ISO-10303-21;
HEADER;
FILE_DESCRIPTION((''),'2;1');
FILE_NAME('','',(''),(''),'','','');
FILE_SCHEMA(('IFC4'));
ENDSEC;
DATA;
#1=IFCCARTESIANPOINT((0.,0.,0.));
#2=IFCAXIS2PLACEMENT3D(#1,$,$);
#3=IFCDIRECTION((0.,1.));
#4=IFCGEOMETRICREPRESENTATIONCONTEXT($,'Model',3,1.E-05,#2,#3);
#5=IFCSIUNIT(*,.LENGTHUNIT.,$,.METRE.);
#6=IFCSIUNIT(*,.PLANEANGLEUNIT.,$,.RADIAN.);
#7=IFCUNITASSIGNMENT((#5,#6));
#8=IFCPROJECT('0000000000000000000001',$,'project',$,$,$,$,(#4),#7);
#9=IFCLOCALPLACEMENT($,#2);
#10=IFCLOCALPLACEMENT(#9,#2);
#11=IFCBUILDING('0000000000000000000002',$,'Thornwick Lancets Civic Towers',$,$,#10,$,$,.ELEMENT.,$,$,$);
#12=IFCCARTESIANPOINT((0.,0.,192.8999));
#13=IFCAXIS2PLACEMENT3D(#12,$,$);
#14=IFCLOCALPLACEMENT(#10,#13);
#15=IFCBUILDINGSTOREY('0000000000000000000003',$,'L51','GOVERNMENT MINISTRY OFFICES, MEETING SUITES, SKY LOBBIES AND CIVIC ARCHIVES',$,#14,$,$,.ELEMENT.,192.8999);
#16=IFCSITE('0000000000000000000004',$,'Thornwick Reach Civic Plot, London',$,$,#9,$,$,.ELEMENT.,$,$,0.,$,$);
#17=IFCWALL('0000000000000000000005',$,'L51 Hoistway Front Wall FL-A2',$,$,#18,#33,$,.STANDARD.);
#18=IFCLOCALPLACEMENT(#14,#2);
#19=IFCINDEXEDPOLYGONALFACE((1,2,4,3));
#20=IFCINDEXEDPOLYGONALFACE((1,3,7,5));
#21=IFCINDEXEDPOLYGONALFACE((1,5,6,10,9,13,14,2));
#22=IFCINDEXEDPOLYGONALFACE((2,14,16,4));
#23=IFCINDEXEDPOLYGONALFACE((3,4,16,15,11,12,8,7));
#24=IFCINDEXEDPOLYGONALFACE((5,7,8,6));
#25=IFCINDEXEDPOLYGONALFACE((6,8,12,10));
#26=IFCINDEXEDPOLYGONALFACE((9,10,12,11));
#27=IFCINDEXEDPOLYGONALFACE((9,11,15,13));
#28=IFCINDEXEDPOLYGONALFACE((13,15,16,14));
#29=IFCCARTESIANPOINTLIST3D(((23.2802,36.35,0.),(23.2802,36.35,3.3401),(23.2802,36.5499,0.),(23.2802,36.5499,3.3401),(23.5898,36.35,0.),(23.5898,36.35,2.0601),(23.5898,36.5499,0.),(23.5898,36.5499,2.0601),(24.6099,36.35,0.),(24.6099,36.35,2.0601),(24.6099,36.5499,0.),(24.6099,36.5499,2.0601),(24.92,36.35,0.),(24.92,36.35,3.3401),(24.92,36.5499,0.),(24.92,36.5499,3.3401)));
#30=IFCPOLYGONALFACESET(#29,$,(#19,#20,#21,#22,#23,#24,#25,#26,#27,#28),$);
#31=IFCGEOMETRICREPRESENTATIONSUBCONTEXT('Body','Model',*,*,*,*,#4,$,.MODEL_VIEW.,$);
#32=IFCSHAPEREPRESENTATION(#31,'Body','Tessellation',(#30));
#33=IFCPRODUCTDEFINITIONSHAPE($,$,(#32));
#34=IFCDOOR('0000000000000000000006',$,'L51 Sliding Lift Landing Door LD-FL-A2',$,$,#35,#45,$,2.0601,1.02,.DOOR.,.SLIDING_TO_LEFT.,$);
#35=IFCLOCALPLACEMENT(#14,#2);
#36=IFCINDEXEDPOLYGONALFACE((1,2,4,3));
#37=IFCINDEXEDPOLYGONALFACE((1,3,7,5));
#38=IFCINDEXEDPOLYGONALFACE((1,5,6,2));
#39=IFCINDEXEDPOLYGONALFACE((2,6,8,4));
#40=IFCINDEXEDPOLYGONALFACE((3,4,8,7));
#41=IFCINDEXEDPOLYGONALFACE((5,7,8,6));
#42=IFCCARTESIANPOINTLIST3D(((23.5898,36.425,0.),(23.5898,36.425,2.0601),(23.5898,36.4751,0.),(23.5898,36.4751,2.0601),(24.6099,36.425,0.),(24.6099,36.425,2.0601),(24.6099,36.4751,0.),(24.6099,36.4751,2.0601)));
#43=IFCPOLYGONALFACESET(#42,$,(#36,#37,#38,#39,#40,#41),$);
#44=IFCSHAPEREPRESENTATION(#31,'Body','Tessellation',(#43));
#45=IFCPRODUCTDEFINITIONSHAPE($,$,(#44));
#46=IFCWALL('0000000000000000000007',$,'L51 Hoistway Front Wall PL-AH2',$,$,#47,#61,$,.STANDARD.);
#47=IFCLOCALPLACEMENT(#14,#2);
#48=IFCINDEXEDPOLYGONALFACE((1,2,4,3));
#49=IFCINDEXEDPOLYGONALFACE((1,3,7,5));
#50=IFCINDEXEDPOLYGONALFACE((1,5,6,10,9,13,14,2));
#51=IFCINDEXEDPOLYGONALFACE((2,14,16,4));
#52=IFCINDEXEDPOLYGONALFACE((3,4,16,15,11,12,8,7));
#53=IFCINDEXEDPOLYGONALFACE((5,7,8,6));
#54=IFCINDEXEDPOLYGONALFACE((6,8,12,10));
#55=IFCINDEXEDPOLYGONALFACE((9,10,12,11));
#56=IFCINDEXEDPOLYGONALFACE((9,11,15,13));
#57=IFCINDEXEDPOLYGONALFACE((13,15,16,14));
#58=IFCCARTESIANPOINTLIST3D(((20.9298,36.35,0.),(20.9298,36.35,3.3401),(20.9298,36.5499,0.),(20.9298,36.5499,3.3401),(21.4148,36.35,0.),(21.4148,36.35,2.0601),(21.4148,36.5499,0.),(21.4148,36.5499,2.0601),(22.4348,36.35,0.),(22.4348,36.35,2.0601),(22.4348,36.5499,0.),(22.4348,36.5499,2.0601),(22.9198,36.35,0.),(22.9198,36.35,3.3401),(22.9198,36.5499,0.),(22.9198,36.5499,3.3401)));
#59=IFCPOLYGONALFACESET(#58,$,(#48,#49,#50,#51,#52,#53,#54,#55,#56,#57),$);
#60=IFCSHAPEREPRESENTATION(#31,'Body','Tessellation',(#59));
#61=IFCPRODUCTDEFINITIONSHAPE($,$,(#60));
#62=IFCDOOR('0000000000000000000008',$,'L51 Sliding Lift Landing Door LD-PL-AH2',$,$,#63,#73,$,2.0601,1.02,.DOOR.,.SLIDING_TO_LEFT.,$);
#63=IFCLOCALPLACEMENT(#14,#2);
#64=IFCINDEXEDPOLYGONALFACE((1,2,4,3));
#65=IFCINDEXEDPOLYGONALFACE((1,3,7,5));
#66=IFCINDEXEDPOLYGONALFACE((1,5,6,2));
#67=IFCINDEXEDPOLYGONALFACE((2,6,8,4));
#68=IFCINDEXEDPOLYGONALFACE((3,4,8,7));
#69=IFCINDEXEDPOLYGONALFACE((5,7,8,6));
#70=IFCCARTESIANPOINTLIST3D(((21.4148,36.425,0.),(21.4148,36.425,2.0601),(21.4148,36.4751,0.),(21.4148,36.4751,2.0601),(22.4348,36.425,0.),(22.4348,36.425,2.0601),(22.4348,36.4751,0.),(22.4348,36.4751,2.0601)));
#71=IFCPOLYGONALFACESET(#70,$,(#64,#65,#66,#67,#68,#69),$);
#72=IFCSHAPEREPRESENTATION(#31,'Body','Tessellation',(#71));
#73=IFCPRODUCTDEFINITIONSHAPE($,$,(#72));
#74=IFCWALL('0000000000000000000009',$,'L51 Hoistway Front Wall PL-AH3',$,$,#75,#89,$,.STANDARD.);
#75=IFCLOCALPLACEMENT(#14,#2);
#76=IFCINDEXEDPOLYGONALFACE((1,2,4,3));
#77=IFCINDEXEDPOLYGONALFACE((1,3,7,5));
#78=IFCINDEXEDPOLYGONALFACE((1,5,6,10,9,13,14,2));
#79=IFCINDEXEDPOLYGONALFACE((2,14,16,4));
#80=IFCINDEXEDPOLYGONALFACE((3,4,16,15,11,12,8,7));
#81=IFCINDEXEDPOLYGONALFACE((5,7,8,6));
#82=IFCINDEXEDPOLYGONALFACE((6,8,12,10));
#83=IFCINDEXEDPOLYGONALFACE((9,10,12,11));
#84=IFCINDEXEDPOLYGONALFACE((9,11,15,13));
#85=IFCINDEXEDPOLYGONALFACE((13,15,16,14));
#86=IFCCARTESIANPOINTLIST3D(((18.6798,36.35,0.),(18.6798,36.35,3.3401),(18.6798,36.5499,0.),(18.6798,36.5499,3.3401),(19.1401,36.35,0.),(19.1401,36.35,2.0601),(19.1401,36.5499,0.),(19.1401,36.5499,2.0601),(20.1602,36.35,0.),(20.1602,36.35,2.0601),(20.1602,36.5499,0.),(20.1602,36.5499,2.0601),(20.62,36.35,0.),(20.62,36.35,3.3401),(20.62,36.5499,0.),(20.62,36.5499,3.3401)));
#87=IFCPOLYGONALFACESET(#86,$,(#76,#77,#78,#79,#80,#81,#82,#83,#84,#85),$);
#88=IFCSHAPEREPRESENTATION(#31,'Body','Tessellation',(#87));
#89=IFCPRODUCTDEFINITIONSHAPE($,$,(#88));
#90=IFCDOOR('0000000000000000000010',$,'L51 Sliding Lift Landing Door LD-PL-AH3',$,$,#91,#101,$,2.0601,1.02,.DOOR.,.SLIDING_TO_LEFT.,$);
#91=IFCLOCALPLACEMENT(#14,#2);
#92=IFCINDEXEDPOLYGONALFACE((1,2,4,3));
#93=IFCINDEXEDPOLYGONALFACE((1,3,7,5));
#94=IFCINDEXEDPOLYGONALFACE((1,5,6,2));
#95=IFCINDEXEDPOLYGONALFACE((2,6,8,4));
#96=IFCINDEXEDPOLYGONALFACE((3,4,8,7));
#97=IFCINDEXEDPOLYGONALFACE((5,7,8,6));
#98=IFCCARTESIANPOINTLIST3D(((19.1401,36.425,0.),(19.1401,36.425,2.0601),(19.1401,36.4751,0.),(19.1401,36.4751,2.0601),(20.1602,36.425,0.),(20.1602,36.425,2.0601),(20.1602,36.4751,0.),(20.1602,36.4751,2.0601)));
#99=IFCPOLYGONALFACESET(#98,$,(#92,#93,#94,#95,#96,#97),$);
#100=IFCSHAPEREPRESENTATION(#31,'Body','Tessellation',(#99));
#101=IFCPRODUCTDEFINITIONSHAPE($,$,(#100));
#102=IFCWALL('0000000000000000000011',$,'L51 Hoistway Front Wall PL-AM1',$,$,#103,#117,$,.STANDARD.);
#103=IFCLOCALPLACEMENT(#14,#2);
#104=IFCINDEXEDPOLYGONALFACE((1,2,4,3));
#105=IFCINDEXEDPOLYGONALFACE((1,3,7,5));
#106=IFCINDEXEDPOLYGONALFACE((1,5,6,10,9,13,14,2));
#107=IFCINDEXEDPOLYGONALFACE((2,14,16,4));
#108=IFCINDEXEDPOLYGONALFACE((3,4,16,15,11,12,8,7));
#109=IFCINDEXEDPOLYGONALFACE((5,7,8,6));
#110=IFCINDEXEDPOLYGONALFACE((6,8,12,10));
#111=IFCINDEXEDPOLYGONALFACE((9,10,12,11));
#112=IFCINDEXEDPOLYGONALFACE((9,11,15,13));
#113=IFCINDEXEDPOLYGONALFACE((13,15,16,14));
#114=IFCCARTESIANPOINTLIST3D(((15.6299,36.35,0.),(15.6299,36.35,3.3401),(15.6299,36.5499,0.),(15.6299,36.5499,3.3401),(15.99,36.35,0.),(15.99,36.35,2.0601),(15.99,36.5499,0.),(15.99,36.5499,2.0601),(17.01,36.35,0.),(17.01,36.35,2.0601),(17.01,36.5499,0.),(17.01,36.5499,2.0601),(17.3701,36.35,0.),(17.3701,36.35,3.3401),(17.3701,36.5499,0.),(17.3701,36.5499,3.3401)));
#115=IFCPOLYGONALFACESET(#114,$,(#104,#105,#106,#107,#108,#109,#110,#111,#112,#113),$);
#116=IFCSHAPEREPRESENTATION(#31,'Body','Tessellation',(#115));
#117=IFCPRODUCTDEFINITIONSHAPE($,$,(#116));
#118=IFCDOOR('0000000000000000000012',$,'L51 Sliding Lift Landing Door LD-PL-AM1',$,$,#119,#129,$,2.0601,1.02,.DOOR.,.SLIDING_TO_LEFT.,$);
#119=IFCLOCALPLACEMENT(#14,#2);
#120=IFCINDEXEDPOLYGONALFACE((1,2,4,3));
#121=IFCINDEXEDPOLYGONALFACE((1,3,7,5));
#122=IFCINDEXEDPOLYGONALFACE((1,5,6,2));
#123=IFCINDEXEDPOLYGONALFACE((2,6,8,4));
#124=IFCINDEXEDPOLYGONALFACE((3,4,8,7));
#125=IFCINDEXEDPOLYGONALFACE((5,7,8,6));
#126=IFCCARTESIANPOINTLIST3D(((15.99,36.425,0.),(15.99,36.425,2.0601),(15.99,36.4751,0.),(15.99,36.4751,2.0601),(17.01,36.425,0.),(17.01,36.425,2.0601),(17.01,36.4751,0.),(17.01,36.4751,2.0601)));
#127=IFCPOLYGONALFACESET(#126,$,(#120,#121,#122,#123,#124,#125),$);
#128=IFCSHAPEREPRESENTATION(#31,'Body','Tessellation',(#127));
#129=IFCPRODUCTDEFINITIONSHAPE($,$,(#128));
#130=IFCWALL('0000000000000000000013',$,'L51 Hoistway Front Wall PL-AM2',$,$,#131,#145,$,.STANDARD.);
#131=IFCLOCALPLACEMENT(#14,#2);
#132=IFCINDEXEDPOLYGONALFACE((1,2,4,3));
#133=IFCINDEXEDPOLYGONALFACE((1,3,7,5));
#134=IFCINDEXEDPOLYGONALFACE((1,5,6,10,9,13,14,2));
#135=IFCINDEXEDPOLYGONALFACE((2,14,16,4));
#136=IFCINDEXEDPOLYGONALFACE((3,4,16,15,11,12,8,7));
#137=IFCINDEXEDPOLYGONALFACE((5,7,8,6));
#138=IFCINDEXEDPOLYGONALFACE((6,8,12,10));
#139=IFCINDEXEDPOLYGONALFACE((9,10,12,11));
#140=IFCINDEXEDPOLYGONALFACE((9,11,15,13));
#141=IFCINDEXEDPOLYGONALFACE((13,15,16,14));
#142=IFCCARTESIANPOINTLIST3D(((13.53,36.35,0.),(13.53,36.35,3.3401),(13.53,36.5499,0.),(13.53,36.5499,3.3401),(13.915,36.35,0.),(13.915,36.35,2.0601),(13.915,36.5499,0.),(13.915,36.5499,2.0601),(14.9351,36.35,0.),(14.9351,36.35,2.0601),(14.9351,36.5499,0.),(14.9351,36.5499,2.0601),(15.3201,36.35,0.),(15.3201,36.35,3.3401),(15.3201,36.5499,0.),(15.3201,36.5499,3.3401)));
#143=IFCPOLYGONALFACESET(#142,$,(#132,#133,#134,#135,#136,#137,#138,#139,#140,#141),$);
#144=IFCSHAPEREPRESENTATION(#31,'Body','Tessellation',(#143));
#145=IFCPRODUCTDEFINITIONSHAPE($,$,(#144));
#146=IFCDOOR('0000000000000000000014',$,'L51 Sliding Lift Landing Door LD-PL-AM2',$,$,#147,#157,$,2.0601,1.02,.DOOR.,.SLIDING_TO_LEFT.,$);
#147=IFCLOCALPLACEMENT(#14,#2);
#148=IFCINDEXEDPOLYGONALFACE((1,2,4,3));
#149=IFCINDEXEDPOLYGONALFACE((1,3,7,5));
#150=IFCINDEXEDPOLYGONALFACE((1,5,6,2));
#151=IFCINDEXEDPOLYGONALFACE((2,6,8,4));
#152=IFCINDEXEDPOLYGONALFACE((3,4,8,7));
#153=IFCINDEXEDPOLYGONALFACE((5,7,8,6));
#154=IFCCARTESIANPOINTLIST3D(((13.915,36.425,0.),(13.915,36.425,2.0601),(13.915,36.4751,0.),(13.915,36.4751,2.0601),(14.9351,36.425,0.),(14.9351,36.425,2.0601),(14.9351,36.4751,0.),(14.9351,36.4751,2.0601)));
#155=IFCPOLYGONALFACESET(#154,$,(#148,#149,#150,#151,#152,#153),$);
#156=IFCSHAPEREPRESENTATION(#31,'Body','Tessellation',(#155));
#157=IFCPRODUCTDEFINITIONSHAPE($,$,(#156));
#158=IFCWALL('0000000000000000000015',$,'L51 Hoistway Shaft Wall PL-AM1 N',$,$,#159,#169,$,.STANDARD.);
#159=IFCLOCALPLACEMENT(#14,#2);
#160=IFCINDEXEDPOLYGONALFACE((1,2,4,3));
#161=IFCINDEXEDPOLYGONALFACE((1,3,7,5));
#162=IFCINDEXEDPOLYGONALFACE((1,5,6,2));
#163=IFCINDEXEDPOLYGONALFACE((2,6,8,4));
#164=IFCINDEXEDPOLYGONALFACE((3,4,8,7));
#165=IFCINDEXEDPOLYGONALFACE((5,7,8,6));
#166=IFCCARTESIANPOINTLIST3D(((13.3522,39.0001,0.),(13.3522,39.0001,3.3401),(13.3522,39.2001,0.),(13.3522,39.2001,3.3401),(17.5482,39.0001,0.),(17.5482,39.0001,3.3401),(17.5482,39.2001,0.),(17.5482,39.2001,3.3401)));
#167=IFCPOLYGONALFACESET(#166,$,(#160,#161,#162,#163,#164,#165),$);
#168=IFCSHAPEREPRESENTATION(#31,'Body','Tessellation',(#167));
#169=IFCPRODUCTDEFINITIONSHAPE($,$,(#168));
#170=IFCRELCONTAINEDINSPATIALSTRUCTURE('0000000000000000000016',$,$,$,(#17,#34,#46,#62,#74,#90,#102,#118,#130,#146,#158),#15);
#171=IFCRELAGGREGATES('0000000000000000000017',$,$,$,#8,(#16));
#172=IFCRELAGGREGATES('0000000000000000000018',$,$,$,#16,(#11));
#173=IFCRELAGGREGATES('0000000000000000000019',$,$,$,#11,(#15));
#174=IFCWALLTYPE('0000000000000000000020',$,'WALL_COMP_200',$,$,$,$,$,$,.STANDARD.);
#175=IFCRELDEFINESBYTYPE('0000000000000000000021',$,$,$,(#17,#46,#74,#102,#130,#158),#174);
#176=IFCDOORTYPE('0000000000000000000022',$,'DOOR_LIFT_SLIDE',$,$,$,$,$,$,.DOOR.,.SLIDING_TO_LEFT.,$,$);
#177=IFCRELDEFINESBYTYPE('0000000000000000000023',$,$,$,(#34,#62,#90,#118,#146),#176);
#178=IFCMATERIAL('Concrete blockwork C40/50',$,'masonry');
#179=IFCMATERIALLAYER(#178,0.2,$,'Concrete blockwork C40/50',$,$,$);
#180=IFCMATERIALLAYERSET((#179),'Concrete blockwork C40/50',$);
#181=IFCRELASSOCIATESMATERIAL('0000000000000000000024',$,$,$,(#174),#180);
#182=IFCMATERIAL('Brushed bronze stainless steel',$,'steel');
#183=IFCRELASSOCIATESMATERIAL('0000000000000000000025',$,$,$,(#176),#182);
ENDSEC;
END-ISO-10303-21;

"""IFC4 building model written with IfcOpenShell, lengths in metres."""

from ifc_helpers import new_model, si_unit, direction, frame, frame_2d, origin, place, context, subcontext, project, spatial, rectangle, extrude, material, layer, layer_set, type_object, element, fill, save


model = new_model("IFC4")

# Units and contexts
model_context = context("Model", 3, precision=1e-05, world=origin(), true_north=direction((0.0, 1.0)))
body_context = subcontext(model_context, "Body", "Model", "MODEL_VIEW")
ifc_project = project(units=[si_unit("LENGTHUNIT", "METRE"), si_unit("PLANEANGLEUNIT", "RADIAN")], contexts=[model_context])

# Site, building, storey
site_placement = place(None, origin())
site = spatial("IfcSite", under=ifc_project, at=site_placement, Name="Thornwick Reach Civic Plot, London", CompositionType="ELEMENT", RefElevation=0.0)
building_placement = place(site_placement, origin())
building = spatial("IfcBuilding", under=site, at=building_placement, Name="Thornwick Lancets Civic Towers", CompositionType="ELEMENT")
storey_placement = place(building_placement, frame((0.0, 0.0, 192.8999)))
storey = spatial("IfcBuildingStorey", under=building, at=storey_placement, Name="L51", Description="GOVERNMENT MINISTRY OFFICES, MEETING SUITES, SKY LOBBIES AND CIVIC ARCHIVES", CompositionType="ELEMENT", Elevation=192.8999)

# Walls, openings, doors
ifc_material_1 = material(Name="Concrete blockwork C40/50", Category="masonry")
ifc_layer_1 = layer(ifc_material_1, 0.2, Name="Concrete blockwork C40/50")
ifc_layer_set_1 = layer_set([ifc_layer_1], Name="Concrete blockwork C40/50")
wall_type_1 = type_object("IfcWallType", Name="WALL_COMP_200", PredefinedType="STANDARD", material=ifc_layer_set_1)
wall_1_placement = place(storey_placement, frame((24.9199, 36.45, 0.0), z_axis=(0.0, 0.0, 1.0), x_axis=(-1.0, 0.0, 0.0)))
wall_1 = element("IfcWall", 1, at=wall_1_placement, inside=storey, type_object=wall_type_1, Name="L51 Hoistway Front Wall FL-A2", PredefinedType="STANDARD", context=body_context, shape_type="SweptSolid", body=[
    extrude(rectangle(XDim=1.6399, YDim=0.2, at=frame_2d((0.8198, 0.0))), origin(), (0.0, 0.0, 1.0), 3.3401),
])
opening_1_placement = place(wall_1_placement, frame((0.3101, 0.0, 0.0)))
opening_1 = element("IfcOpeningElement", 2, at=opening_1_placement, cuts=wall_1, PredefinedType="OPENING", context=body_context, shape_type="SweptSolid", body=[
    extrude(rectangle(XDim=1.02, YDim=2.0601, at=frame_2d((0.51, 1.03))), frame((0.0, 0.1099, 0.0), z_axis=(0.0, -1.0, 0.0), x_axis=(1.0, 0.0, 0.0)), (0.0, 0.0, 1.0), 0.22),
])
ifc_material_2 = material(Name="Brushed bronze stainless steel", Category="steel")
door_type = type_object("IfcDoorType", Name="DOOR_LIFT_SLIDE", OperationType="SLIDING_TO_LEFT", PredefinedType="DOOR", material=ifc_material_2)
door_1_placement = place(opening_1_placement, origin())
door_1 = element("IfcDoor", 3, at=door_1_placement, inside=storey, type_object=door_type, Name="L51 Sliding Lift Landing Door LD-FL-A2", OperationType="SLIDING_TO_LEFT", OverallHeight=2.0601, OverallWidth=1.02, PredefinedType="DOOR", context=body_context, shape_type="SweptSolid", body=[
    extrude(rectangle(XDim=1.02, YDim=2.0601, at=frame_2d((0.51, 1.03))), frame((0.0, 0.0249, 0.0), z_axis=(0.0, -1.0, 0.0), x_axis=(1.0, 0.0, 0.0)), (0.0, 0.0, 1.0), 0.05),
])
fill(opening_1, door_1)
wall_2_placement = place(storey_placement, frame((22.9199, 36.45, 0.0), z_axis=(0.0, 0.0, 1.0), x_axis=(-1.0, 0.0, 0.0)))
wall_2 = element("IfcWall", 4, at=wall_2_placement, inside=storey, type_object=wall_type_1, Name="L51 Hoistway Front Wall PL-AH2", PredefinedType="STANDARD", context=body_context, shape_type="SweptSolid", body=[
    extrude(rectangle(XDim=1.99, YDim=0.2, at=frame_2d((0.9951, 0.0))), origin(), (0.0, 0.0, 1.0), 3.3401),
])
opening_2_placement = place(wall_2_placement, frame((0.4851, 0.0, 0.0)))
opening_2 = element("IfcOpeningElement", 5, at=opening_2_placement, cuts=wall_2, PredefinedType="OPENING", context=body_context, shape_type="SweptSolid", body=[
    extrude(rectangle(XDim=1.02, YDim=2.0601, at=frame_2d((0.51, 1.03))), frame((0.0, 0.1099, 0.0), z_axis=(0.0, -1.0, 0.0), x_axis=(1.0, 0.0, 0.0)), (0.0, 0.0, 1.0), 0.22),
])
door_2_placement = place(opening_2_placement, origin())
door_2 = element("IfcDoor", 6, at=door_2_placement, inside=storey, type_object=door_type, Name="L51 Sliding Lift Landing Door LD-PL-AH2", OperationType="SLIDING_TO_LEFT", OverallHeight=2.0601, OverallWidth=1.02, PredefinedType="DOOR", context=body_context, shape_type="SweptSolid", body=[
    extrude(rectangle(XDim=1.02, YDim=2.0601, at=frame_2d((0.51, 1.03))), frame((0.0, 0.0249, 0.0), z_axis=(0.0, -1.0, 0.0), x_axis=(1.0, 0.0, 0.0)), (0.0, 0.0, 1.0), 0.05),
])
fill(opening_2, door_2)
wall_3_placement = place(storey_placement, frame((20.6201, 36.45, 0.0), z_axis=(0.0, 0.0, 1.0), x_axis=(-1.0, 0.0, 0.0)))
wall_3 = element("IfcWall", 7, at=wall_3_placement, inside=storey, type_object=wall_type_1, Name="L51 Hoistway Front Wall PL-AH3", PredefinedType="STANDARD", context=body_context, shape_type="SweptSolid", body=[
    extrude(rectangle(XDim=1.9402, YDim=0.2, at=frame_2d((0.9702, 0.0))), origin(), (0.0, 0.0, 1.0), 3.3401),
])
opening_3_placement = place(wall_3_placement, frame((0.46, 0.0, 0.0)))
opening_3 = element("IfcOpeningElement", 8, at=opening_3_placement, cuts=wall_3, PredefinedType="OPENING", context=body_context, shape_type="SweptSolid", body=[
    extrude(rectangle(XDim=1.02, YDim=2.0601, at=frame_2d((0.51, 1.03))), frame((0.0, 0.1099, 0.0), z_axis=(0.0, -1.0, 0.0), x_axis=(1.0, 0.0, 0.0)), (0.0, 0.0, 1.0), 0.22),
])
door_3_placement = place(opening_3_placement, origin())
door_3 = element("IfcDoor", 9, at=door_3_placement, inside=storey, type_object=door_type, Name="L51 Sliding Lift Landing Door LD-PL-AH3", OperationType="SLIDING_TO_LEFT", OverallHeight=2.0601, OverallWidth=1.02, PredefinedType="DOOR", context=body_context, shape_type="SweptSolid", body=[
    extrude(rectangle(XDim=1.02, YDim=2.0601, at=frame_2d((0.51, 1.03))), frame((0.0, 0.0249, 0.0), z_axis=(0.0, -1.0, 0.0), x_axis=(1.0, 0.0, 0.0)), (0.0, 0.0, 1.0), 0.05),
])
fill(opening_3, door_3)
wall_4_placement = place(storey_placement, frame((17.3701, 36.45, 0.0), z_axis=(0.0, 0.0, 1.0), x_axis=(-1.0, 0.0, 0.0)))
wall_4 = element("IfcWall", 10, at=wall_4_placement, inside=storey, type_object=wall_type_1, Name="L51 Hoistway Front Wall PL-AM1", PredefinedType="STANDARD", context=body_context, shape_type="SweptSolid", body=[
    extrude(rectangle(XDim=1.7402, YDim=0.2, at=frame_2d((0.8701, 0.0))), origin(), (0.0, 0.0, 1.0), 3.3401),
])
opening_4_placement = place(wall_4_placement, frame((0.3601, 0.0, 0.0)))
opening_4 = element("IfcOpeningElement", 11, at=opening_4_placement, cuts=wall_4, PredefinedType="OPENING", context=body_context, shape_type="SweptSolid", body=[
    extrude(rectangle(XDim=1.02, YDim=2.0601, at=frame_2d((0.51, 1.03))), frame((0.0, 0.1099, 0.0), z_axis=(0.0, -1.0, 0.0), x_axis=(1.0, 0.0, 0.0)), (0.0, 0.0, 1.0), 0.22),
])
door_4_placement = place(opening_4_placement, origin())
door_4 = element("IfcDoor", 12, at=door_4_placement, inside=storey, type_object=door_type, Name="L51 Sliding Lift Landing Door LD-PL-AM1", OperationType="SLIDING_TO_LEFT", OverallHeight=2.0601, OverallWidth=1.02, PredefinedType="DOOR", context=body_context, shape_type="SweptSolid", body=[
    extrude(rectangle(XDim=1.02, YDim=2.0601, at=frame_2d((0.51, 1.03))), frame((0.0, 0.0249, 0.0), z_axis=(0.0, -1.0, 0.0), x_axis=(1.0, 0.0, 0.0)), (0.0, 0.0, 1.0), 0.05),
])
fill(opening_4, door_4)
wall_5_placement = place(storey_placement, frame((15.3201, 36.45, 0.0), z_axis=(0.0, 0.0, 1.0), x_axis=(-1.0, 0.0, 0.0)))
wall_5 = element("IfcWall", 13, at=wall_5_placement, inside=storey, type_object=wall_type_1, Name="L51 Hoistway Front Wall PL-AM2", PredefinedType="STANDARD", context=body_context, shape_type="SweptSolid", body=[
    extrude(rectangle(XDim=1.79, YDim=0.2, at=frame_2d((0.895, 0.0))), origin(), (0.0, 0.0, 1.0), 3.3401),
])
opening_5_placement = place(wall_5_placement, frame((0.385, 0.0, 0.0)))
opening_5 = element("IfcOpeningElement", 14, at=opening_5_placement, cuts=wall_5, PredefinedType="OPENING", context=body_context, shape_type="SweptSolid", body=[
    extrude(rectangle(XDim=1.02, YDim=2.0601, at=frame_2d((0.51, 1.03))), frame((0.0, 0.1099, 0.0), z_axis=(0.0, -1.0, 0.0), x_axis=(1.0, 0.0, 0.0)), (0.0, 0.0, 1.0), 0.22),
])
door_5_placement = place(opening_5_placement, origin())
door_5 = element("IfcDoor", 15, at=door_5_placement, inside=storey, type_object=door_type, Name="L51 Sliding Lift Landing Door LD-PL-AM2", OperationType="SLIDING_TO_LEFT", OverallHeight=2.0601, OverallWidth=1.02, PredefinedType="DOOR", context=body_context, shape_type="SweptSolid", body=[
    extrude(rectangle(XDim=1.02, YDim=2.0601, at=frame_2d((0.51, 1.03))), frame((0.0, 0.0249, 0.0), z_axis=(0.0, -1.0, 0.0), x_axis=(1.0, 0.0, 0.0)), (0.0, 0.0, 1.0), 0.05),
])
fill(opening_5, door_5)

# Wall
wall_6_placement = place(storey_placement, frame((13.3521, 39.1001, 0.0), z_axis=(0.0, 0.0, 1.0), x_axis=(1.0, 0.0, 0.0)))
element("IfcWall", 16, at=wall_6_placement, inside=storey, type_object=wall_type_1, Name="L51 Hoistway Shaft Wall PL-AM1 N", PredefinedType="STANDARD", context=body_context, shape_type="SweptSolid", body=[
    extrude(rectangle(XDim=4.196, YDim=0.2, at=frame_2d((2.0981, 0.0))), origin(), (0.0, 0.0, 1.0), 3.3401),
])

save(model, "model.ifc")
